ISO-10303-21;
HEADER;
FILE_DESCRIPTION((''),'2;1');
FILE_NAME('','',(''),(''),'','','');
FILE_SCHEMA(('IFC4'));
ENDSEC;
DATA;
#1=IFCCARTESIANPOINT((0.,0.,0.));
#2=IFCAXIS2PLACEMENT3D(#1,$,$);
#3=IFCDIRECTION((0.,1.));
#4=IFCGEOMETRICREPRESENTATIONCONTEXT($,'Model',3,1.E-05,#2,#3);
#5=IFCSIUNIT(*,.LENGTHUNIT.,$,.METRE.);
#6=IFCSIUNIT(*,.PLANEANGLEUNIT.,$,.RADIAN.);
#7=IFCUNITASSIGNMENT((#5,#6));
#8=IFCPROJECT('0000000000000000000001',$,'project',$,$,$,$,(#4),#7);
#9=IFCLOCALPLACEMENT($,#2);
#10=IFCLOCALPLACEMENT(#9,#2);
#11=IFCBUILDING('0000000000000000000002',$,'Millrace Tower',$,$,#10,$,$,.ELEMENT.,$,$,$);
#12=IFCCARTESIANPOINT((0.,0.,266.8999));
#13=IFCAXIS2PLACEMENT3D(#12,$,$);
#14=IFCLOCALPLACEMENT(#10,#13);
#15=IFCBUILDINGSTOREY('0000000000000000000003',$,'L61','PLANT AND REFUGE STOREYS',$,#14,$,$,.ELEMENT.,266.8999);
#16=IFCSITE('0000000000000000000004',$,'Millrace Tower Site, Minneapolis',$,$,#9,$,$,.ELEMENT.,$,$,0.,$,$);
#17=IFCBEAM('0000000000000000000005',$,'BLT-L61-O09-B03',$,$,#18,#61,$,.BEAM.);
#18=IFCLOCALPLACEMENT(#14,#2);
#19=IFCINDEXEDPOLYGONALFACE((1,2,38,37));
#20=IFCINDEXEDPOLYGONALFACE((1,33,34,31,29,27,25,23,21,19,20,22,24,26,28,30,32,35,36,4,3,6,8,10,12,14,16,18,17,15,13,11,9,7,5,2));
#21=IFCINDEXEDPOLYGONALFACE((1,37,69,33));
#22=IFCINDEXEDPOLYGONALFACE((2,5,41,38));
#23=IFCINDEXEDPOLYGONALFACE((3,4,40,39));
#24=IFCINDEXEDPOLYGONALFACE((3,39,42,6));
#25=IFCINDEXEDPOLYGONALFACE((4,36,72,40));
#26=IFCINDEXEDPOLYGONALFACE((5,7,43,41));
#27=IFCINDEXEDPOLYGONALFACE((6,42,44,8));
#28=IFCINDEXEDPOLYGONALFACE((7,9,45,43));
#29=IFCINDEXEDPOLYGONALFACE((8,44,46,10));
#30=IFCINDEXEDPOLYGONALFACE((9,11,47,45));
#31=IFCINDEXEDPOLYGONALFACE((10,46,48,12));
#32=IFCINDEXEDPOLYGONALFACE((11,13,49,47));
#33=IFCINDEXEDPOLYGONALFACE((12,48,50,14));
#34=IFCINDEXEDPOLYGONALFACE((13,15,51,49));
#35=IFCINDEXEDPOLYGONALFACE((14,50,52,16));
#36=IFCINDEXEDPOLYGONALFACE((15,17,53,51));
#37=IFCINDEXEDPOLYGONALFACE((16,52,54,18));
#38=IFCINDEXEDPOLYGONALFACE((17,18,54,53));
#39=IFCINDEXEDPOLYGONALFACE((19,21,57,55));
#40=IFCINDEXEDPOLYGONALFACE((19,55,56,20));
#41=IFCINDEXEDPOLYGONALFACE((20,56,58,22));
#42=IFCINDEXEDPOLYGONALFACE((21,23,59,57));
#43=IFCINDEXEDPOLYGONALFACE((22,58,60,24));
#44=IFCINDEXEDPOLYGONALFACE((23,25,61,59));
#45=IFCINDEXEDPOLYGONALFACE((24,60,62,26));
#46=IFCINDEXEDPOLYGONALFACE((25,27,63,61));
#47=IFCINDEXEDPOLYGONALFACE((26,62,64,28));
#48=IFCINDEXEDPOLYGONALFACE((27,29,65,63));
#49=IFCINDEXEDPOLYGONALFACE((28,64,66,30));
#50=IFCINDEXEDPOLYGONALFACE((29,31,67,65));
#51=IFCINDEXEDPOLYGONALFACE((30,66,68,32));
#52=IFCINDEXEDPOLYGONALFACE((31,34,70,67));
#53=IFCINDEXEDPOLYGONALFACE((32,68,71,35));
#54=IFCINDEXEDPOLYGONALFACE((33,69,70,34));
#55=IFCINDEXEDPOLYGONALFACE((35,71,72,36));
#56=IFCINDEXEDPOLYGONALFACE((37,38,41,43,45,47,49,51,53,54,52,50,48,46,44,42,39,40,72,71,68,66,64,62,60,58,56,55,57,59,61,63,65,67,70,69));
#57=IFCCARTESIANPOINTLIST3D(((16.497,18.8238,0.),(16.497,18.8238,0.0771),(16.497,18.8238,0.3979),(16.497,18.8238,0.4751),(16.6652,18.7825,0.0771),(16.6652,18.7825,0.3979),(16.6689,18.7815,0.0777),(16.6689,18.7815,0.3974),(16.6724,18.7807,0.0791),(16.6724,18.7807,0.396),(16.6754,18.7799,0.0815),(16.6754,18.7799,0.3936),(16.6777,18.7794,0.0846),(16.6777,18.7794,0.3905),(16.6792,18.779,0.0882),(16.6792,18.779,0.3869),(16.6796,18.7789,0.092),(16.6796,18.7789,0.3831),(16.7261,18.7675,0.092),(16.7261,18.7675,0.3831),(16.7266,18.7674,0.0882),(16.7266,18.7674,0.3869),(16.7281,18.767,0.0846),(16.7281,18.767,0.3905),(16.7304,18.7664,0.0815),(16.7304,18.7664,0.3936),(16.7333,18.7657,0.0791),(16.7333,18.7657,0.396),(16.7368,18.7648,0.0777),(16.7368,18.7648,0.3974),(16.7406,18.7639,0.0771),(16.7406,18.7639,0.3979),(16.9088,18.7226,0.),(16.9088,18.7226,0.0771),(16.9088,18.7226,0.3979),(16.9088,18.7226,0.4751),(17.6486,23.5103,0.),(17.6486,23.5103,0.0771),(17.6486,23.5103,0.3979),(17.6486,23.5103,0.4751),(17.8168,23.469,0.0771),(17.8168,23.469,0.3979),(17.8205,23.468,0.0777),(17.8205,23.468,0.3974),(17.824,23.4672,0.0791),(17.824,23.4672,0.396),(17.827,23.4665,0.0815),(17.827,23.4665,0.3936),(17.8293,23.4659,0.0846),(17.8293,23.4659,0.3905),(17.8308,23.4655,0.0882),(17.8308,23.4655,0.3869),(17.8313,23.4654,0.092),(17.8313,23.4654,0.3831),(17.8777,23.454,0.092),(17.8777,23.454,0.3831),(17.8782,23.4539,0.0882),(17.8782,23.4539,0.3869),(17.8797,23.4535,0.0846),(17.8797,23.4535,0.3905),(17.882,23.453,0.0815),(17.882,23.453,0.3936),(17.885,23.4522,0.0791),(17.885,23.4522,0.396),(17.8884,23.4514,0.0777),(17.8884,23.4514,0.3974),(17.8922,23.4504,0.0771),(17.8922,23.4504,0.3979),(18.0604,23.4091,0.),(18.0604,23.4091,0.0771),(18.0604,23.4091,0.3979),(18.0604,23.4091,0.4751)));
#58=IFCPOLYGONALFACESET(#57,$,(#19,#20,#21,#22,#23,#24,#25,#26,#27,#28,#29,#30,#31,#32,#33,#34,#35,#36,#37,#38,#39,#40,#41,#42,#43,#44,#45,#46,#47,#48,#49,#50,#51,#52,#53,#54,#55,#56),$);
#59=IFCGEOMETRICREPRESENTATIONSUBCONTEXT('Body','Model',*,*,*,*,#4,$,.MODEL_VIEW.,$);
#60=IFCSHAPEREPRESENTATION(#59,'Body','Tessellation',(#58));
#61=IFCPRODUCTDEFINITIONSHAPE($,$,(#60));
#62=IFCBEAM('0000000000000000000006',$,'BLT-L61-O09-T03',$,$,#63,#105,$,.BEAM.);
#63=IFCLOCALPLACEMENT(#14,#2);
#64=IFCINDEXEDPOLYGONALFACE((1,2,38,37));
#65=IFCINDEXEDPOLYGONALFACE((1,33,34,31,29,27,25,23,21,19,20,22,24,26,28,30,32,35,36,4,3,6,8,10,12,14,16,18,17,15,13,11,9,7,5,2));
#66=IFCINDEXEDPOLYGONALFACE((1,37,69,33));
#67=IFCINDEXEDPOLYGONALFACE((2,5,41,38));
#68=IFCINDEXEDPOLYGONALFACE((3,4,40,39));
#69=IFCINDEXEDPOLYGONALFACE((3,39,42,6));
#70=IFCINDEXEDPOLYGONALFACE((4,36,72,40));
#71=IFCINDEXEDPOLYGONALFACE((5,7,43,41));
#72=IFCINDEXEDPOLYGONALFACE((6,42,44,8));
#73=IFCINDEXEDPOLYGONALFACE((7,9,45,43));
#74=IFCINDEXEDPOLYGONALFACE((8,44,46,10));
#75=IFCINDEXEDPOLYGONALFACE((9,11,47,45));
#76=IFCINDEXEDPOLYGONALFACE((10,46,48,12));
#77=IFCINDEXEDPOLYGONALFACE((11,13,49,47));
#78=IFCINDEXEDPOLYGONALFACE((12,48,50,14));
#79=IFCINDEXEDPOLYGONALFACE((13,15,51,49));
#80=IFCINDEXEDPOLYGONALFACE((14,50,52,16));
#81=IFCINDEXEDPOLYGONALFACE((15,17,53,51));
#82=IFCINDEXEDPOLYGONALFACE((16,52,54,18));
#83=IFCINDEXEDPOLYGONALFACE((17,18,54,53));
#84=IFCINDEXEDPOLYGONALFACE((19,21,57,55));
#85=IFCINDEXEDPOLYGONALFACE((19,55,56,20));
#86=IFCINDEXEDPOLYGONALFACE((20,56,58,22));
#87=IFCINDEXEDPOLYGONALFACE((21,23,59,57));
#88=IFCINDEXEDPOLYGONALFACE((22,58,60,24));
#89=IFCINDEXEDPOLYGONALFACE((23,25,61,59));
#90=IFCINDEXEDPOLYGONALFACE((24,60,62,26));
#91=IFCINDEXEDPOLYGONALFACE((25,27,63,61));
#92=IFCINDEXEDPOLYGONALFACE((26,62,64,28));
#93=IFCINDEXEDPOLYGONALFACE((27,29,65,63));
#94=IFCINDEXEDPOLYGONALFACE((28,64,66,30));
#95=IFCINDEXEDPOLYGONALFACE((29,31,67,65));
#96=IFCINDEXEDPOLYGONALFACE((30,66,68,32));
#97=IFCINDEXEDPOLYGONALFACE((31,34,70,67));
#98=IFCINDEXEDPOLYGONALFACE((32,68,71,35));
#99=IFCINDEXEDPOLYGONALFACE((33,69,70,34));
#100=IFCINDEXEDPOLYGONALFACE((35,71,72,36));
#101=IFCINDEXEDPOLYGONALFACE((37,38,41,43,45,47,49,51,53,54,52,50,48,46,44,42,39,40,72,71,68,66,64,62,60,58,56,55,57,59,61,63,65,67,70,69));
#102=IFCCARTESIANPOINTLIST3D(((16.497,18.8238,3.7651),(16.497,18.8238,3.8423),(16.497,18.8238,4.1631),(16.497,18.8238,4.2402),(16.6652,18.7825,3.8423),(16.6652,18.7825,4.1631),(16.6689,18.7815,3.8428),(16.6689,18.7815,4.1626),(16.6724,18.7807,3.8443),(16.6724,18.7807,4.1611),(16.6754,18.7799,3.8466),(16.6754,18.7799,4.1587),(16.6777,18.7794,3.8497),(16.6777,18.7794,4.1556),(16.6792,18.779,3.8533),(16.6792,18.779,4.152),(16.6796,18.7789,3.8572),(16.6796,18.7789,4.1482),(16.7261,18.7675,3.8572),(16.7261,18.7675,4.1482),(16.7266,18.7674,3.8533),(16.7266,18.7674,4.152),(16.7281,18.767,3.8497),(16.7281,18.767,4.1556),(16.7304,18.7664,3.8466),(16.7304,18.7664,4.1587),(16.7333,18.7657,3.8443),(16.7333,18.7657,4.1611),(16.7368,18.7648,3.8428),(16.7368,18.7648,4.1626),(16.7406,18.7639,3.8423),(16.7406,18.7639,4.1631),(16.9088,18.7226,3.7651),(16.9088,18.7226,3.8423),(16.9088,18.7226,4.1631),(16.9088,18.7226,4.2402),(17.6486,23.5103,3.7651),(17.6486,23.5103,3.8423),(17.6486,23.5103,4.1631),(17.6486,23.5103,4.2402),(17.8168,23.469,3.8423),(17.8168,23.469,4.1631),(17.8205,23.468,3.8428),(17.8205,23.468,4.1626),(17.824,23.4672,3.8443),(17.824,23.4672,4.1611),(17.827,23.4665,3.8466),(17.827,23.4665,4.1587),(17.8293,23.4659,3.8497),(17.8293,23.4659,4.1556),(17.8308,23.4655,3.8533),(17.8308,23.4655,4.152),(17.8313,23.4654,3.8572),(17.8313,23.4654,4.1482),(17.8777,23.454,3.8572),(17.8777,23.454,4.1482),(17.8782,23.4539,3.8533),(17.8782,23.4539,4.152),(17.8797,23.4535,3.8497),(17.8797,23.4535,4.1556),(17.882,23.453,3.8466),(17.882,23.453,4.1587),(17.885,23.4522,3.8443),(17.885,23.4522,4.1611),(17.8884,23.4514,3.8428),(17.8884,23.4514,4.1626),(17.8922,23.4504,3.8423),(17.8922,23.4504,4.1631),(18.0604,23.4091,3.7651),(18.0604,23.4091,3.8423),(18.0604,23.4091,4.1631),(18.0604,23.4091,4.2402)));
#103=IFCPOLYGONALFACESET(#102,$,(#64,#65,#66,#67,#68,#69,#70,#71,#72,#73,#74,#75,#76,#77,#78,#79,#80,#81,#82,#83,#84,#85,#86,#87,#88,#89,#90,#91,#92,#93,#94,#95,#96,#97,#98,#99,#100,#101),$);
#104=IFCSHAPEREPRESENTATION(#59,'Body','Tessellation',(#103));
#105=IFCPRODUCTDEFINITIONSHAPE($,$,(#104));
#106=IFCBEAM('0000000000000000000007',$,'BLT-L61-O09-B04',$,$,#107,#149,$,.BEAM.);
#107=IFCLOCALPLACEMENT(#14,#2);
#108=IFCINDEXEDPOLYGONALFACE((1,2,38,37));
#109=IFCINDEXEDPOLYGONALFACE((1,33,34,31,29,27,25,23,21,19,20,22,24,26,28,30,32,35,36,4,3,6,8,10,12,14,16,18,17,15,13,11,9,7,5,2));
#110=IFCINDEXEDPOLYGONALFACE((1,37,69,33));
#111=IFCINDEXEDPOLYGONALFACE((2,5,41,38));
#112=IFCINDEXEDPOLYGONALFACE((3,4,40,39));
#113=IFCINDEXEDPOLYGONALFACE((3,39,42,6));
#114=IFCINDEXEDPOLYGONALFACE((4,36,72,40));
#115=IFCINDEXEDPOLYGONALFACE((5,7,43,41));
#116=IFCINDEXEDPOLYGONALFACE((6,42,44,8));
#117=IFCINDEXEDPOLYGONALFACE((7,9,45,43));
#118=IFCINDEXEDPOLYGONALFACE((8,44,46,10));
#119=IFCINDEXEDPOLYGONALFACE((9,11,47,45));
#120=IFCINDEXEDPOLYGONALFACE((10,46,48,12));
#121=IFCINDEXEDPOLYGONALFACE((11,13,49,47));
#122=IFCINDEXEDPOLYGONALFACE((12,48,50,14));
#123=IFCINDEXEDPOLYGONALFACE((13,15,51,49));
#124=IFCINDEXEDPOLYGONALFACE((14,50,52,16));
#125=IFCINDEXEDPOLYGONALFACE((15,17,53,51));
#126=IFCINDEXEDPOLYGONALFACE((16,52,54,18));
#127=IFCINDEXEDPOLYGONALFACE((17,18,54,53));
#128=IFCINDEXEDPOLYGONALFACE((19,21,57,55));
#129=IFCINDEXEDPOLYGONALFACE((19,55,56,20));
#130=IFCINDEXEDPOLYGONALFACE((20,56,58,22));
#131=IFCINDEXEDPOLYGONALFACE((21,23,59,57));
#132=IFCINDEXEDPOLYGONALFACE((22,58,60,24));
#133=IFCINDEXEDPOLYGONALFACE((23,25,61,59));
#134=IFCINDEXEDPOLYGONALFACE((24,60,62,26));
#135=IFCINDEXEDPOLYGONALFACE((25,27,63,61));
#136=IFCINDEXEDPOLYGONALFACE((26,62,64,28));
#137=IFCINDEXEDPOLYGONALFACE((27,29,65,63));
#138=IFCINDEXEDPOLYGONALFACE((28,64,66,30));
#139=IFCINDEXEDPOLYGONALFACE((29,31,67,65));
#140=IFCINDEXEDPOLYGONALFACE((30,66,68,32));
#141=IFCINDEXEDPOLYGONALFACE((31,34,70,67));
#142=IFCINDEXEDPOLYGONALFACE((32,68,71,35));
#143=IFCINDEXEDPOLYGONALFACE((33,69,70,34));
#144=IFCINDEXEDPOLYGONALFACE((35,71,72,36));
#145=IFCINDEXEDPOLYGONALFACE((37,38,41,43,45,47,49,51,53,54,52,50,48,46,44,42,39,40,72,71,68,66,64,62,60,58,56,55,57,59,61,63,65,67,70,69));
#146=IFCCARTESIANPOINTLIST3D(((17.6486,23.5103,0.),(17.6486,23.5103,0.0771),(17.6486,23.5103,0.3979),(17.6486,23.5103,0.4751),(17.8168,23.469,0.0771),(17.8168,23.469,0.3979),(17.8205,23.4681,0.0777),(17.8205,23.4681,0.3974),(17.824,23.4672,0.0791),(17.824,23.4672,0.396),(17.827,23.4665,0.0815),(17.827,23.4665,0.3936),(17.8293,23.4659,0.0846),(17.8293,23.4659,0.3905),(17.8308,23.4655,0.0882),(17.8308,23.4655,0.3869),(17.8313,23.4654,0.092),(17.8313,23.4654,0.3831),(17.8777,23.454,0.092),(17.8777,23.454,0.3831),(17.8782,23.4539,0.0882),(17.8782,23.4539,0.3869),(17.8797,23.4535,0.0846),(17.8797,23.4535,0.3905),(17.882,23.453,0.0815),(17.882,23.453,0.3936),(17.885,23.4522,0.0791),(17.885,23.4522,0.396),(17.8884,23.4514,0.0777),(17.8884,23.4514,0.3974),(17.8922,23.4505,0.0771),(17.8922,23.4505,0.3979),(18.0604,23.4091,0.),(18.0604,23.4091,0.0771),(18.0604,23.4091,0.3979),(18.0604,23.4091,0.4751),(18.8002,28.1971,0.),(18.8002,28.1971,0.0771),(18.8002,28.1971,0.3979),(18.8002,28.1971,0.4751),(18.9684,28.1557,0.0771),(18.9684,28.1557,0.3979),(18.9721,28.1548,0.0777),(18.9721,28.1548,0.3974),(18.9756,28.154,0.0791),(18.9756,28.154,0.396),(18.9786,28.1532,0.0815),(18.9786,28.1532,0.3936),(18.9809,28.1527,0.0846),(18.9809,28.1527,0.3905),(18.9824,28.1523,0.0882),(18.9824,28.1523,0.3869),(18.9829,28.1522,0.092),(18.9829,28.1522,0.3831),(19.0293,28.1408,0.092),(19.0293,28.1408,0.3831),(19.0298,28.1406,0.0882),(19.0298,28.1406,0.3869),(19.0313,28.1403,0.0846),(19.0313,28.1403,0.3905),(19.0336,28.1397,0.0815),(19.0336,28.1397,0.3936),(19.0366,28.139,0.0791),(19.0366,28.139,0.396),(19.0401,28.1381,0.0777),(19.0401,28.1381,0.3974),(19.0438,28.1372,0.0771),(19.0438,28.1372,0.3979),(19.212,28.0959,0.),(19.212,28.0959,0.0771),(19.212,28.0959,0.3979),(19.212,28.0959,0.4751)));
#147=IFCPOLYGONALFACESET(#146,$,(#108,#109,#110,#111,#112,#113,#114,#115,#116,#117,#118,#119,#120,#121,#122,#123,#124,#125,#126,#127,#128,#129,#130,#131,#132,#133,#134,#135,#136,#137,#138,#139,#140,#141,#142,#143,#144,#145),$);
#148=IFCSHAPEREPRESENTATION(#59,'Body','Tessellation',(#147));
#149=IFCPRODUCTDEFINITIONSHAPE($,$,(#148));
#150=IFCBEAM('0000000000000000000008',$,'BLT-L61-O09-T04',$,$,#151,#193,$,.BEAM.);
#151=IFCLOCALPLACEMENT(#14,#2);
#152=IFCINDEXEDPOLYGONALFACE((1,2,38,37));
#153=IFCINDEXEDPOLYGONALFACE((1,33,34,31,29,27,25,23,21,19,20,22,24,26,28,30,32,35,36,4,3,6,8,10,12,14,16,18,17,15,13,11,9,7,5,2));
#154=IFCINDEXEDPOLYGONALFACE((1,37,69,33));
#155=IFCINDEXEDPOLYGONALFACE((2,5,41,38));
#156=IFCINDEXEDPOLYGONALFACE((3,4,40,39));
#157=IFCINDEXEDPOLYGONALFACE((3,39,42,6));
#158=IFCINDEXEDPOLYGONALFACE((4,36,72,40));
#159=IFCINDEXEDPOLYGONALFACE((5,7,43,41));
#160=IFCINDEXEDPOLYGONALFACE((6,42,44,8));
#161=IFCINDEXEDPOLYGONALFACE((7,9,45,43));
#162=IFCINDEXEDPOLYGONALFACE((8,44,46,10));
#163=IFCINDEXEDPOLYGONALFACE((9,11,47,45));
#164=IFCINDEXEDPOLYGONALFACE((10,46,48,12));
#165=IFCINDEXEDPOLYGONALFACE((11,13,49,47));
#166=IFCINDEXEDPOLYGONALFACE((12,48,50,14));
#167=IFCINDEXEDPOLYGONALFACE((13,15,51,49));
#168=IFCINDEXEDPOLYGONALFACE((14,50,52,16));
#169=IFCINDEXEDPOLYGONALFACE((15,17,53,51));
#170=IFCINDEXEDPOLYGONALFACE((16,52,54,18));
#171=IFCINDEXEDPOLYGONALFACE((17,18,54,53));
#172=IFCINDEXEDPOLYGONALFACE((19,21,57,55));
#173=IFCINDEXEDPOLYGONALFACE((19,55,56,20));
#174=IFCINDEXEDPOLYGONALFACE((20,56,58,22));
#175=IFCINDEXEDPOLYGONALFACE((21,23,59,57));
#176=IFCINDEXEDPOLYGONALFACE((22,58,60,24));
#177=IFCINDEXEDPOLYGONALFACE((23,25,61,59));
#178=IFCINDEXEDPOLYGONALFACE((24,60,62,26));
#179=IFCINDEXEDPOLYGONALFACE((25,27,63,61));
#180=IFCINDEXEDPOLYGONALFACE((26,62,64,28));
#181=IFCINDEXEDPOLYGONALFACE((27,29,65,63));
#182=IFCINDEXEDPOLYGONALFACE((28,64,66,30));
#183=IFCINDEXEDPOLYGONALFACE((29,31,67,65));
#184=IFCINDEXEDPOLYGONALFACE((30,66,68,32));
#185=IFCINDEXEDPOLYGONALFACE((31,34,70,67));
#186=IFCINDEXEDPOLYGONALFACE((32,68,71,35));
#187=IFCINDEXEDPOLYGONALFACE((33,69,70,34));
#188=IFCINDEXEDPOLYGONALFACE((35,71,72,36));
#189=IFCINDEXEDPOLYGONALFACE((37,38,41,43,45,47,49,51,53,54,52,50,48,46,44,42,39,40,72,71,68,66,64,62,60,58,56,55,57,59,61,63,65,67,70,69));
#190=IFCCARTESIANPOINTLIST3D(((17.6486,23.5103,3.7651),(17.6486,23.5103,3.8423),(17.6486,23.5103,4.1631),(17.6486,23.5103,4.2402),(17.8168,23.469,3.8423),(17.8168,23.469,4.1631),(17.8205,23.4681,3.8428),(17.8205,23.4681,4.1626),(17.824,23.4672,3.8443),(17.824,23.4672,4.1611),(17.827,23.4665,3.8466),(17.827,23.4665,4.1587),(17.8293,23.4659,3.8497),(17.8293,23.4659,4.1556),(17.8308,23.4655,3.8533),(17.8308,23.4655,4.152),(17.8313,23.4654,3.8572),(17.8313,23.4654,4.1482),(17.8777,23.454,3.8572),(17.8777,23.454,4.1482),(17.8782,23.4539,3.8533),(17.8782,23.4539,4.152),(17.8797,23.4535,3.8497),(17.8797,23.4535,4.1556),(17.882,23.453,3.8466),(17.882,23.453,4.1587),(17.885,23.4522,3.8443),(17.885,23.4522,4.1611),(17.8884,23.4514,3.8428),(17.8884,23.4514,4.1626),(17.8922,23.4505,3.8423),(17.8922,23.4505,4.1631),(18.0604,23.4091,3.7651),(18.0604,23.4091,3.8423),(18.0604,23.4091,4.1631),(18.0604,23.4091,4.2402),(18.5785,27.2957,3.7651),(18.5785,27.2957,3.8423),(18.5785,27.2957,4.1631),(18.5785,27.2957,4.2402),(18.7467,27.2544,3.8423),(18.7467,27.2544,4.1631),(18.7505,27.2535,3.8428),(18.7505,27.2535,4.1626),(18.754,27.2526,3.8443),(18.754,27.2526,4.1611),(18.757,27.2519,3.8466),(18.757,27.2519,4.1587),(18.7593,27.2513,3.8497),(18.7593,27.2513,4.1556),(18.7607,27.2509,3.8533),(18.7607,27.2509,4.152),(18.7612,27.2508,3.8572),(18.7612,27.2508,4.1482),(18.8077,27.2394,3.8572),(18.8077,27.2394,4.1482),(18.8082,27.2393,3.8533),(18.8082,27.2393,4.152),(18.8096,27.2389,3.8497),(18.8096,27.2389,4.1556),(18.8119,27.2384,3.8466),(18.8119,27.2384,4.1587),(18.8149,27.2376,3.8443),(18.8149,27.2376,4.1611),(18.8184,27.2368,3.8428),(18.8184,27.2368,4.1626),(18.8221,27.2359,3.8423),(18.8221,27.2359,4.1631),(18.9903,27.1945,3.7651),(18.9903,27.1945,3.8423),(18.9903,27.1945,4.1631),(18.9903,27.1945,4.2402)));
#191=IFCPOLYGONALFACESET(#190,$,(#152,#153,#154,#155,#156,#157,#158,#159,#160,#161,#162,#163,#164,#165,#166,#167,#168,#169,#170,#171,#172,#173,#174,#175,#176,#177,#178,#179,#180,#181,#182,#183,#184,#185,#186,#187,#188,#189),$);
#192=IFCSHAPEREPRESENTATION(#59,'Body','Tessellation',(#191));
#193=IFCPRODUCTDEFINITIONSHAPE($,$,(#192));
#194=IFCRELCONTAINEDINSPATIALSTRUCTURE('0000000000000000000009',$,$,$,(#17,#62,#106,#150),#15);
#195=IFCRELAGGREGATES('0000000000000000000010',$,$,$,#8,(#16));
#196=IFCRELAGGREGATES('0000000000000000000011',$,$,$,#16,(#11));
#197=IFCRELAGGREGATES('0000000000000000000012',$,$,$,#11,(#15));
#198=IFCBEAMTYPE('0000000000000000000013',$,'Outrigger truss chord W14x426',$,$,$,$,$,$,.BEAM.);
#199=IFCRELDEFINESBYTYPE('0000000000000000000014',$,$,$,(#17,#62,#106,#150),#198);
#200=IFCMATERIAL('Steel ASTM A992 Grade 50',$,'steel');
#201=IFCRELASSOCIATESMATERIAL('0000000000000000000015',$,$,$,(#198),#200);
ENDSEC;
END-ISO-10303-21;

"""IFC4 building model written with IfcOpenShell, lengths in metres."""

from ifc_helpers import new_model, si_unit, direction, frame, origin, origin_2d, place, context, subcontext, project, spatial, i_section, extrude, material, material_profile, profile_set, type_object, element, save


model = new_model("IFC4")

# Units and contexts
model_context = context("Model", 3, precision=1e-05, world=origin(), true_north=direction((0.0, 1.0)))
body_context = subcontext(model_context, "Body", "Model", "MODEL_VIEW")
ifc_project = project(units=[si_unit("LENGTHUNIT", "METRE"), si_unit("PLANEANGLEUNIT", "RADIAN")], contexts=[model_context])

# Site, building, storey
site_placement = place(None, origin())
site = spatial("IfcSite", under=ifc_project, at=site_placement, Name="Millrace Tower Site, Minneapolis", CompositionType="ELEMENT", RefElevation=0.0)
building_placement = place(site_placement, origin())
building = spatial("IfcBuilding", under=site, at=building_placement, Name="Millrace Tower", CompositionType="ELEMENT")
storey_placement = place(building_placement, frame((0.0, 0.0, 266.8999)))
storey = spatial("IfcBuildingStorey", under=building, at=storey_placement, Name="L61", Description="PLANT AND REFUGE STOREYS", CompositionType="ELEMENT", Elevation=266.8999)

# Beams
ifc_material_1 = material(Name="Steel ASTM A992 Grade 50", Category="steel")
ifc_material_profile_1 = material_profile(ifc_material_1, i_section(OverallWidth=0.4241, OverallDepth=0.4751, WebThickness=0.0479, FlangeThickness=0.0771, FilletRadius=0.0149, at=origin_2d()))
ifc_profile_set_1 = profile_set([ifc_material_profile_1], Name="Steel ASTM A992 Grade 50")
beam_type_1 = type_object("IfcBeamType", Name="Outrigger truss chord W14x426", PredefinedType="BEAM", material=ifc_profile_set_1)
for number, where, z_axis, x_axis, name in (
    (1, (16.7029, 18.7732, 0.2375), (0.238629, 0.971111, 0.0), (-0.971111, 0.238629, 0.0), "BLT-L61-O09-B03"),
    (2, (16.7029, 18.7732, 4.0027), (0.238629, 0.971111, 0.0), (-0.971111, 0.238629, 0.0), "BLT-L61-O09-T03"),
):
    element("IfcBeam", number, at=place(storey_placement, frame(where, z_axis=z_axis, x_axis=x_axis)), inside=storey, type_object=beam_type_1, Name=name, PredefinedType="BEAM", context=body_context, shape_type="SweptSolid", body=[
        extrude(i_section(OverallWidth=0.4241, OverallDepth=0.4751, WebThickness=0.0479, FlangeThickness=0.0771, FilletRadius=0.0149, at=origin_2d()), origin(), (0.0, 0.0, 1.0), 4.8259),
    ])
beam_1_placement = place(storey_placement, frame((17.8545, 23.4597, 0.2375), z_axis=(0.238618, 0.971114, 0.0), x_axis=(-0.971114, 0.238618, 0.0)))
element("IfcBeam", 3, at=beam_1_placement, inside=storey, type_object=beam_type_1, Name="BLT-L61-O09-B04", PredefinedType="BEAM", context=body_context, shape_type="SweptSolid", body=[
    extrude(i_section(OverallWidth=0.4241, OverallDepth=0.4751, WebThickness=0.0479, FlangeThickness=0.0771, FilletRadius=0.0149, at=origin_2d()), origin(), (0.0, 0.0, 1.0), 4.8262),
])
beam_2_placement = place(storey_placement, frame((17.8545, 23.4597, 4.0027), z_axis=(0.238569, 0.971125, 0.0), x_axis=(-0.971125, 0.238569, 0.0)))
element("IfcBeam", 4, at=beam_2_placement, inside=storey, type_object=beam_type_1, Name="BLT-L61-O09-T04", PredefinedType="BEAM", context=body_context, shape_type="SweptSolid", body=[
    extrude(i_section(OverallWidth=0.4241, OverallDepth=0.4751, WebThickness=0.0479, FlangeThickness=0.0771, FilletRadius=0.0149, at=origin_2d()), origin(), (0.0, 0.0, 1.0), 3.8979),
])

save(model, "model.ifc")
